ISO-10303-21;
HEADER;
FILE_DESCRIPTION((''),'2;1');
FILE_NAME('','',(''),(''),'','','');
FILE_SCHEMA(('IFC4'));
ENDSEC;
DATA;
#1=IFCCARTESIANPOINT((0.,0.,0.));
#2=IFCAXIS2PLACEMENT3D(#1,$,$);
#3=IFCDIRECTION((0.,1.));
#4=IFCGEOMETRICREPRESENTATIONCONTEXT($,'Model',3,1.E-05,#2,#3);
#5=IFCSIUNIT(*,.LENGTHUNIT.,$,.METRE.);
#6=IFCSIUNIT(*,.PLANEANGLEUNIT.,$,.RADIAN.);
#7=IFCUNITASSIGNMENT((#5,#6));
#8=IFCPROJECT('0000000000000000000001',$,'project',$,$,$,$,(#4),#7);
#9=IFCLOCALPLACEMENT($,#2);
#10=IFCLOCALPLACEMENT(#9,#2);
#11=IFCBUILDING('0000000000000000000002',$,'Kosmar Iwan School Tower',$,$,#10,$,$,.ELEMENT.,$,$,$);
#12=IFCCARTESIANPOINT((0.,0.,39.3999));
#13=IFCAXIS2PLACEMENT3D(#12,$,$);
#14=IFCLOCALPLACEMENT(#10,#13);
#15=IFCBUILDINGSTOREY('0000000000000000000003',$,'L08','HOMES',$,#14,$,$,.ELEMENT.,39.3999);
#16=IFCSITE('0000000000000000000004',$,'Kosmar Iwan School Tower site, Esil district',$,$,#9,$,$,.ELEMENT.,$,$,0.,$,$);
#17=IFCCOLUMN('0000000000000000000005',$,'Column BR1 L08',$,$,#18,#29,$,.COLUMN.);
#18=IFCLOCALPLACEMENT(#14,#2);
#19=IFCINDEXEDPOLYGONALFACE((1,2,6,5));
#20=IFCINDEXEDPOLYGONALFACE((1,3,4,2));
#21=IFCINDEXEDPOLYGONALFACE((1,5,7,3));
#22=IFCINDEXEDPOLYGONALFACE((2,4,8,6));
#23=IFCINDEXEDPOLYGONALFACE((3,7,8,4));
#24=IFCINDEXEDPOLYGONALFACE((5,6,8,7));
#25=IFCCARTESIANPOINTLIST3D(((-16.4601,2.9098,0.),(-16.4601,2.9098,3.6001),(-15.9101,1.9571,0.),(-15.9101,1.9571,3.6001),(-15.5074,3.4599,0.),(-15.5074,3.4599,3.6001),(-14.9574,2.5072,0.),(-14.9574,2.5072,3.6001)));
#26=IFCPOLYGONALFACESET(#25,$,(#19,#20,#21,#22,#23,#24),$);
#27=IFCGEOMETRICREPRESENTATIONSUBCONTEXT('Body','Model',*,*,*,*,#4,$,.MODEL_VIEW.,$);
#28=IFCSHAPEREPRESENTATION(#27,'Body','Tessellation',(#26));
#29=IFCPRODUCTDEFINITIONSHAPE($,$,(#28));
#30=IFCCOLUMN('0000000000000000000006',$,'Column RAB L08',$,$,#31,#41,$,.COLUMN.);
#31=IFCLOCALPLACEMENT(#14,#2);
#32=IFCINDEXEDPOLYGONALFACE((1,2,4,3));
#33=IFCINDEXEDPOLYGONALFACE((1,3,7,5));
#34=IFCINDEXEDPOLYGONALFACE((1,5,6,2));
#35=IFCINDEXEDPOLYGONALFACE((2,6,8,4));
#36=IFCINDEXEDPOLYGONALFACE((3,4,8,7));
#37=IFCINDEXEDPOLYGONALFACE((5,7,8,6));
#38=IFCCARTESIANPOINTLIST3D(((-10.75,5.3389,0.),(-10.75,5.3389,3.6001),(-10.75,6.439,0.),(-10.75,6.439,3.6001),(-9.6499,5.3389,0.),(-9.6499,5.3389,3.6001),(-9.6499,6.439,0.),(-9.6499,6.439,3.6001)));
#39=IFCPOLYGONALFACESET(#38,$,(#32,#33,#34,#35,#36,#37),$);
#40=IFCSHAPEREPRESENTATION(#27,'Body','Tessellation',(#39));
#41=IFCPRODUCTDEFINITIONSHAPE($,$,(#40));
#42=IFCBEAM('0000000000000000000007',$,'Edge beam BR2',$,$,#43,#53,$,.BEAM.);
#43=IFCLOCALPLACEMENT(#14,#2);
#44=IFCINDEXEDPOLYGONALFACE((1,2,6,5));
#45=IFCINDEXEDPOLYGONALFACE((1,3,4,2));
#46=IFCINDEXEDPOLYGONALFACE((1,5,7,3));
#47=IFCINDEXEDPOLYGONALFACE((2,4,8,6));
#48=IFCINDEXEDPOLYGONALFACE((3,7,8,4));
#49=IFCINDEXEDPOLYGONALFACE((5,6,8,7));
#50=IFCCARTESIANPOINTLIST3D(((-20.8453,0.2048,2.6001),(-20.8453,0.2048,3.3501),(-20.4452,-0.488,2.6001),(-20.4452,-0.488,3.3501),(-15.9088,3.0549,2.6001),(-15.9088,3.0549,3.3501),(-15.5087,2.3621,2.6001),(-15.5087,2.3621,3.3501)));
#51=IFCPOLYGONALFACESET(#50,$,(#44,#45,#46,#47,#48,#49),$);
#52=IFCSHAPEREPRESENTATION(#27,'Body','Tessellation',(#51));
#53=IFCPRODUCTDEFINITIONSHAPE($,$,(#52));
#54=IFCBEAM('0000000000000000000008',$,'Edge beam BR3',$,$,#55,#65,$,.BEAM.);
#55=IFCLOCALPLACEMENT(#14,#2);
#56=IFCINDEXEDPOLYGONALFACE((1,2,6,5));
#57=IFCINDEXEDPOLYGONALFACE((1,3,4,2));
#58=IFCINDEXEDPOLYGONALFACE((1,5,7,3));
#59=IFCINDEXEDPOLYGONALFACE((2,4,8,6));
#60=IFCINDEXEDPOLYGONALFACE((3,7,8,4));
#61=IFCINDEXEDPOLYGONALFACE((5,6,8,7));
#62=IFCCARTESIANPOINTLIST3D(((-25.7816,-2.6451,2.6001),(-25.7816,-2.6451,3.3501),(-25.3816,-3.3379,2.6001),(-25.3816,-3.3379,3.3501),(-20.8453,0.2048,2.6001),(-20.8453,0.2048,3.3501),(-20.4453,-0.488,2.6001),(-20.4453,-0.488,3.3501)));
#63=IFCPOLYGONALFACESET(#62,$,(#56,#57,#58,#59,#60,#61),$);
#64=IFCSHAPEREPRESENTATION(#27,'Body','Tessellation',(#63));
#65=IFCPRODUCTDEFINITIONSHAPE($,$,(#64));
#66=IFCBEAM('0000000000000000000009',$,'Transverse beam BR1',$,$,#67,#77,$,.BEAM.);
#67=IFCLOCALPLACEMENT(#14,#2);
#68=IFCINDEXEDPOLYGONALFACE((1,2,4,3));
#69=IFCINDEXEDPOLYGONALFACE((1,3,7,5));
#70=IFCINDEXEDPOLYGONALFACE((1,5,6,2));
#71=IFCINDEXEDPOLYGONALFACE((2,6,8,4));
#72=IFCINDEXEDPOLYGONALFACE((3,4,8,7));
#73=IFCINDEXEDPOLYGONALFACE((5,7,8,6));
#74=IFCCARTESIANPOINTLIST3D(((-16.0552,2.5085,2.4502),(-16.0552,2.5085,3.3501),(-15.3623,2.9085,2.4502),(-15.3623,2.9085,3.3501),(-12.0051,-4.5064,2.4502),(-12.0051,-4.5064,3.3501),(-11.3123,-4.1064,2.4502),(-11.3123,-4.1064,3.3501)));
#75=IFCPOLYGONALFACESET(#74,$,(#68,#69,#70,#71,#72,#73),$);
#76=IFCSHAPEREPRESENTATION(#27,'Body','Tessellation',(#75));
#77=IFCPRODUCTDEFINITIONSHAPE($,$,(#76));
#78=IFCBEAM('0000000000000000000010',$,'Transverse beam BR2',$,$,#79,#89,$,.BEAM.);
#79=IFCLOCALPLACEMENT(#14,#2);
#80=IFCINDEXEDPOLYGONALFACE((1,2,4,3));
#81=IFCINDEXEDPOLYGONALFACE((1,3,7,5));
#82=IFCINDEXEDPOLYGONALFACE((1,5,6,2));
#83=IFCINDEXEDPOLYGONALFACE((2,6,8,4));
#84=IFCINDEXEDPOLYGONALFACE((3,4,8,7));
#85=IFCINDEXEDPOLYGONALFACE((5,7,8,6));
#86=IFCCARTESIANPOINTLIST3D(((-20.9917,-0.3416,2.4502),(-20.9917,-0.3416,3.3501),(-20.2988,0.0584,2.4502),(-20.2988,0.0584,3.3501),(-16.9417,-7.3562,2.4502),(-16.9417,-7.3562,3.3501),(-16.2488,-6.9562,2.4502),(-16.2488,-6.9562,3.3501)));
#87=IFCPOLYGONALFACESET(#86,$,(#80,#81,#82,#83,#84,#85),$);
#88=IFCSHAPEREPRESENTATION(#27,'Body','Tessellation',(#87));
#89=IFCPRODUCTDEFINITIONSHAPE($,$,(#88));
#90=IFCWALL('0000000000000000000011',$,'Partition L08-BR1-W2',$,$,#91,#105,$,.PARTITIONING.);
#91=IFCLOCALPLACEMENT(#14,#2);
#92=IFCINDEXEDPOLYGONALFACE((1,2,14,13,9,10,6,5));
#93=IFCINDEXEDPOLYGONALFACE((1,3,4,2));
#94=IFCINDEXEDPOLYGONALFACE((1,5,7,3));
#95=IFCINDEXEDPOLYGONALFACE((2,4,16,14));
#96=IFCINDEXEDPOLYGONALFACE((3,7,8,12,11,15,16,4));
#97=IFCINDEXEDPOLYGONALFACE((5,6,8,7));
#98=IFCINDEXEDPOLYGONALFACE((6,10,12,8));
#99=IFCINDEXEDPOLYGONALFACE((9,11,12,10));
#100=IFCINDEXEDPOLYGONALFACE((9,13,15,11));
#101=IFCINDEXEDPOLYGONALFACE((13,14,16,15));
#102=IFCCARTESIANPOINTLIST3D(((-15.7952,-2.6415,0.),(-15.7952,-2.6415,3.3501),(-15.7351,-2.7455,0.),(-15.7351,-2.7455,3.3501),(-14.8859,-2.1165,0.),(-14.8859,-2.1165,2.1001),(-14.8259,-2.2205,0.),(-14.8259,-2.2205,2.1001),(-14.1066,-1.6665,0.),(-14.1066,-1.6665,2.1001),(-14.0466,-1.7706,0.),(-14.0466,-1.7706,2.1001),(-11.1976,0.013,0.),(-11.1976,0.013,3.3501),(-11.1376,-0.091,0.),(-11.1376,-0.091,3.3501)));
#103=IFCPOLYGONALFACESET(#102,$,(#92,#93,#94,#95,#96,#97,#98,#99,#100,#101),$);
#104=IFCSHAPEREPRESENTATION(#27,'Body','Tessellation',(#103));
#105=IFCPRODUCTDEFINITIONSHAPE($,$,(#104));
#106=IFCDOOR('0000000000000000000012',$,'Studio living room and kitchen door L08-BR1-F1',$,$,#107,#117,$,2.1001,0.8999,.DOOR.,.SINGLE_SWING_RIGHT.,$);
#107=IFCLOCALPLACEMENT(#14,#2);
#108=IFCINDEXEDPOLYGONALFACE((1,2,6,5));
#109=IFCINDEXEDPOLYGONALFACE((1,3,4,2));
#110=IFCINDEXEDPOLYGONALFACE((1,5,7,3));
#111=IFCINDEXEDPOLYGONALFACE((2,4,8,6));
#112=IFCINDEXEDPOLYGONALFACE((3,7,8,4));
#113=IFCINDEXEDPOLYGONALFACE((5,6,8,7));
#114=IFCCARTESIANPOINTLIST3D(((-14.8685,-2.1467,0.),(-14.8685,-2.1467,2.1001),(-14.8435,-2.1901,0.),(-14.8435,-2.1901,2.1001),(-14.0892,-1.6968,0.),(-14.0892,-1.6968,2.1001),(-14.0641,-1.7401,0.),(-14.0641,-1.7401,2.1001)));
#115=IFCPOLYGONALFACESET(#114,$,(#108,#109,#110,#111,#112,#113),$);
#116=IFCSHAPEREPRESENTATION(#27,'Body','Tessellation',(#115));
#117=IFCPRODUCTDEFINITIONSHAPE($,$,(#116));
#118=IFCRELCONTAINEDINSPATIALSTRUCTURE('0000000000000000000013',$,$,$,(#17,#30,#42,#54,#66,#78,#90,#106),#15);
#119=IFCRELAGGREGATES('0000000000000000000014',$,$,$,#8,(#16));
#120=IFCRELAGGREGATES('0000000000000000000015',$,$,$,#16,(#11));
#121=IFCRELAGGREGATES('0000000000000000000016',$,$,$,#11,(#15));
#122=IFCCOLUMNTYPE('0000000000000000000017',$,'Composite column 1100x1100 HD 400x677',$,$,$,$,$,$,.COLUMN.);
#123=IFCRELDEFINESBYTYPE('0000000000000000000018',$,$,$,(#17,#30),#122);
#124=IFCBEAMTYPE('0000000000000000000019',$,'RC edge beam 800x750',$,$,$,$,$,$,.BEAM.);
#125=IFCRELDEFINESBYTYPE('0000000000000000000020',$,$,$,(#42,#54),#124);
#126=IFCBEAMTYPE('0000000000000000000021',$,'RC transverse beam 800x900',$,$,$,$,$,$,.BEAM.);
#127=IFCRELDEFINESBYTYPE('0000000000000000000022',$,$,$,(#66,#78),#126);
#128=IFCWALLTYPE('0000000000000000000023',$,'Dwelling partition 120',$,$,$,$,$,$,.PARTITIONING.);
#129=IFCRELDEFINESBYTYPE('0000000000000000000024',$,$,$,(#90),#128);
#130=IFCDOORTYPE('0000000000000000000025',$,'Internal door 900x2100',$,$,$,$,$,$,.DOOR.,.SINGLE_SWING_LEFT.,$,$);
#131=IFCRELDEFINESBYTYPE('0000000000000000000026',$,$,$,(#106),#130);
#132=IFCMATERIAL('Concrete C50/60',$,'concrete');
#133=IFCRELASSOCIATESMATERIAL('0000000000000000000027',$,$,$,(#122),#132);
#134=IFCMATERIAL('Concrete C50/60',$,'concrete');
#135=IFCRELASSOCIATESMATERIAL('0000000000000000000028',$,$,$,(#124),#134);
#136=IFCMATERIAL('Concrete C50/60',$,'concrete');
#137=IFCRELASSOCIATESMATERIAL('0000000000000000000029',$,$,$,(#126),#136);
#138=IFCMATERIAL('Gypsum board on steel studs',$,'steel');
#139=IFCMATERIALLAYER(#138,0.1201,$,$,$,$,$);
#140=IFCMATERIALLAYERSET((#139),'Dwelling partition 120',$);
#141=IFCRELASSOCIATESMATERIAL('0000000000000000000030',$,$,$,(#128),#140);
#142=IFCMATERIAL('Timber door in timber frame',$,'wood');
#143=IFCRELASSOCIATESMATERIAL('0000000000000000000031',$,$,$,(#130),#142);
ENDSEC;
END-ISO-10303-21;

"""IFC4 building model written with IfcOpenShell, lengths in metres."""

from ifc_helpers import new_model, si_unit, direction, frame, frame_2d, origin, origin_2d, place, context, subcontext, project, spatial, rectangle, extrude, material, layer, layer_set, material_profile, profile_set, type_object, element, fill, save


model = new_model("IFC4")

# Units and contexts
model_context = context("Model", 3, precision=1e-05, world=origin(), true_north=direction((0.0, 1.0)))
body_context = subcontext(model_context, "Body", "Model", "MODEL_VIEW")
ifc_project = project(units=[si_unit("LENGTHUNIT", "METRE"), si_unit("PLANEANGLEUNIT", "RADIAN")], contexts=[model_context])

# Site, building, storey
site_placement = place(None, origin())
site = spatial("IfcSite", under=ifc_project, at=site_placement, Name="Kosmar Iwan School Tower site, Esil district", CompositionType="ELEMENT", RefElevation=0.0)
building_placement = place(site_placement, origin())
building = spatial("IfcBuilding", under=site, at=building_placement, Name="Kosmar Iwan School Tower", CompositionType="ELEMENT")
storey_placement = place(building_placement, frame((0.0, 0.0, 39.3999)))
storey = spatial("IfcBuildingStorey", under=building, at=storey_placement, Name="L08", Description="HOMES", CompositionType="ELEMENT", Elevation=39.3999)

# Columns
ifc_material_1 = material(Name="Concrete C50/60", Category="concrete")
ifc_material_profile_1 = material_profile(ifc_material_1, rectangle(XDim=1.1001, YDim=1.1001, at=origin_2d()), Name="RC 1100x1100 + HD 400x677")
ifc_profile_set_1 = profile_set([ifc_material_profile_1], Name="Concrete C50/60")
column_type = type_object("IfcColumnType", Name="Composite column 1100x1100 HD 400x677", PredefinedType="COLUMN", material=ifc_profile_set_1)
for number, where, z_axis, x_axis, name in (
    (1, (-15.7087, 2.7085, 0.0), (0.0, 0.0, 1.0), (-0.866025, -0.5, 0.0), "Column BR1 L08"),
    (2, (-10.2, 5.8889, 0.0), (0.0, 0.0, 1.0), (1.0, 0.0, 0.0), "Column RAB L08"),
):
    element("IfcColumn", number, at=place(storey_placement, frame(where, z_axis=z_axis, x_axis=x_axis)), inside=storey, type_object=column_type, Name=name, PredefinedType="COLUMN", context=body_context, shape_type="SweptSolid", body=[
        extrude(rectangle(XDim=1.1001, YDim=1.1001, at=origin_2d()), origin(), (0.0, 0.0, 1.0), 3.6001),
    ])

# Beams
ifc_material_2 = material(Name="Concrete C50/60", Category="concrete")
ifc_material_profile_2 = material_profile(ifc_material_2, rectangle(XDim=0.8, YDim=0.75, at=origin_2d()), Name="RC 800x750")
ifc_profile_set_2 = profile_set([ifc_material_profile_2], Name="Concrete C50/60")
beam_type_1 = type_object("IfcBeamType", Name="RC edge beam 800x750", PredefinedType="BEAM", material=ifc_profile_set_2)
beam_1_placement = place(storey_placement, frame((-15.7087, 2.7085, 2.9751), z_axis=(-0.866026, -0.499999, 0.0), x_axis=(0.499999, -0.866026, 0.0)))
element("IfcBeam", 3, at=beam_1_placement, inside=storey, type_object=beam_type_1, Name="Edge beam BR2", PredefinedType="BEAM", context=body_context, shape_type="SweptSolid", body=[
    extrude(rectangle(XDim=0.8, YDim=0.75, at=origin_2d()), origin(), (0.0, 0.0, 1.0), 5.7002),
])
beam_2_placement = place(storey_placement, frame((-20.6453, -0.1416, 2.9751), z_axis=(-0.866034, -0.499986, 0.0), x_axis=(0.499986, -0.866034, 0.0)))
element("IfcBeam", 4, at=beam_2_placement, inside=storey, type_object=beam_type_1, Name="Edge beam BR3", PredefinedType="BEAM", context=body_context, shape_type="SweptSolid", body=[
    extrude(rectangle(XDim=0.8, YDim=0.75, at=origin_2d()), origin(), (0.0, 0.0, 1.0), 5.7),
])
ifc_material_3 = material(Name="Concrete C50/60", Category="concrete")
ifc_material_profile_3 = material_profile(ifc_material_3, rectangle(XDim=0.8, YDim=0.8999, at=origin_2d()), Name="RC 800x900")
ifc_profile_set_3 = profile_set([ifc_material_profile_3], Name="Concrete C50/60")
beam_type_2 = type_object("IfcBeamType", Name="RC transverse beam 800x900", PredefinedType="BEAM", material=ifc_profile_set_3)
beam_3_placement = place(storey_placement, frame((-15.7087, 2.7085, 2.9001), z_axis=(0.5, -0.866025, 0.0), x_axis=(0.866025, 0.5, 0.0)))
element("IfcBeam", 5, at=beam_3_placement, inside=storey, type_object=beam_type_2, Name="Transverse beam BR1", PredefinedType="BEAM", context=body_context, shape_type="SweptSolid", body=[
    extrude(rectangle(XDim=0.8, YDim=0.8999, at=origin_2d()), origin(), (0.0, 0.0, 1.0), 8.1001),
])
beam_4_placement = place(storey_placement, frame((-20.6453, -0.1416, 2.9001), z_axis=(0.500013, -0.866018, 0.0), x_axis=(0.866018, 0.500013, 0.0)))
element("IfcBeam", 6, at=beam_4_placement, inside=storey, type_object=beam_type_2, Name="Transverse beam BR2", PredefinedType="BEAM", context=body_context, shape_type="SweptSolid", body=[
    extrude(rectangle(XDim=0.8, YDim=0.8999, at=origin_2d()), origin(), (0.0, 0.0, 1.0), 8.0999),
])

# Wall, opening, door
ifc_material_4 = material(Name="Gypsum board on steel studs", Category="steel")
ifc_layer = layer(ifc_material_4, 0.1201)
ifc_layer_set = layer_set([ifc_layer], Name="Dwelling partition 120")
wall_type = type_object("IfcWallType", Name="Dwelling partition 120", PredefinedType="PARTITIONING", material=ifc_layer_set)
wall_placement = place(storey_placement, frame((-11.1677, -0.0391, 0.0), z_axis=(0.0, 0.0, 1.0), x_axis=(-0.866019, -0.500012, 0.0)))
wall = element("IfcWall", 7, at=wall_placement, inside=storey, type_object=wall_type, Name="Partition L08-BR1-W2", PredefinedType="PARTITIONING", context=body_context, shape_type="SweptSolid", body=[
    extrude(rectangle(XDim=5.3088, YDim=0.1201, at=frame_2d((2.6543, 0.0))), origin(), (0.0, 0.0, 1.0), 3.3501),
])
opening_placement = place(wall_placement, frame((3.3589, 0.0, 0.0)))
opening = element("IfcOpeningElement", 8, at=opening_placement, cuts=wall, PredefinedType="OPENING", context=body_context, shape_type="SweptSolid", body=[
    extrude(rectangle(XDim=0.8999, YDim=2.1001, at=frame_2d((0.45, 1.05))), frame((0.0, 0.072, 0.0), z_axis=(0.0, -1.0, 0.0), x_axis=(1.0, 0.0, 0.0)), (0.0, 0.0, 1.0), 0.144),
])
ifc_material_5 = material(Name="Timber door in timber frame", Category="wood")
door_type = type_object("IfcDoorType", Name="Internal door 900x2100", OperationType="SINGLE_SWING_LEFT", PredefinedType="DOOR", material=ifc_material_5)
door_placement = place(opening_placement, origin())
door = element("IfcDoor", 9, at=door_placement, inside=storey, type_object=door_type, Name="Studio living room and kitchen door L08-BR1-F1", OperationType="SINGLE_SWING_RIGHT", OverallHeight=2.1001, OverallWidth=0.8999, PredefinedType="DOOR", context=body_context, shape_type="SweptSolid", body=[
    extrude(rectangle(XDim=0.8999, YDim=2.1001, at=frame_2d((0.45, 1.05))), frame((0.0, 0.0249, 0.0), z_axis=(0.0, -1.0, 0.0), x_axis=(1.0, 0.0, 0.0)), (0.0, 0.0, 1.0), 0.05),
])
fill(opening, door)

save(model, "model.ifc")
